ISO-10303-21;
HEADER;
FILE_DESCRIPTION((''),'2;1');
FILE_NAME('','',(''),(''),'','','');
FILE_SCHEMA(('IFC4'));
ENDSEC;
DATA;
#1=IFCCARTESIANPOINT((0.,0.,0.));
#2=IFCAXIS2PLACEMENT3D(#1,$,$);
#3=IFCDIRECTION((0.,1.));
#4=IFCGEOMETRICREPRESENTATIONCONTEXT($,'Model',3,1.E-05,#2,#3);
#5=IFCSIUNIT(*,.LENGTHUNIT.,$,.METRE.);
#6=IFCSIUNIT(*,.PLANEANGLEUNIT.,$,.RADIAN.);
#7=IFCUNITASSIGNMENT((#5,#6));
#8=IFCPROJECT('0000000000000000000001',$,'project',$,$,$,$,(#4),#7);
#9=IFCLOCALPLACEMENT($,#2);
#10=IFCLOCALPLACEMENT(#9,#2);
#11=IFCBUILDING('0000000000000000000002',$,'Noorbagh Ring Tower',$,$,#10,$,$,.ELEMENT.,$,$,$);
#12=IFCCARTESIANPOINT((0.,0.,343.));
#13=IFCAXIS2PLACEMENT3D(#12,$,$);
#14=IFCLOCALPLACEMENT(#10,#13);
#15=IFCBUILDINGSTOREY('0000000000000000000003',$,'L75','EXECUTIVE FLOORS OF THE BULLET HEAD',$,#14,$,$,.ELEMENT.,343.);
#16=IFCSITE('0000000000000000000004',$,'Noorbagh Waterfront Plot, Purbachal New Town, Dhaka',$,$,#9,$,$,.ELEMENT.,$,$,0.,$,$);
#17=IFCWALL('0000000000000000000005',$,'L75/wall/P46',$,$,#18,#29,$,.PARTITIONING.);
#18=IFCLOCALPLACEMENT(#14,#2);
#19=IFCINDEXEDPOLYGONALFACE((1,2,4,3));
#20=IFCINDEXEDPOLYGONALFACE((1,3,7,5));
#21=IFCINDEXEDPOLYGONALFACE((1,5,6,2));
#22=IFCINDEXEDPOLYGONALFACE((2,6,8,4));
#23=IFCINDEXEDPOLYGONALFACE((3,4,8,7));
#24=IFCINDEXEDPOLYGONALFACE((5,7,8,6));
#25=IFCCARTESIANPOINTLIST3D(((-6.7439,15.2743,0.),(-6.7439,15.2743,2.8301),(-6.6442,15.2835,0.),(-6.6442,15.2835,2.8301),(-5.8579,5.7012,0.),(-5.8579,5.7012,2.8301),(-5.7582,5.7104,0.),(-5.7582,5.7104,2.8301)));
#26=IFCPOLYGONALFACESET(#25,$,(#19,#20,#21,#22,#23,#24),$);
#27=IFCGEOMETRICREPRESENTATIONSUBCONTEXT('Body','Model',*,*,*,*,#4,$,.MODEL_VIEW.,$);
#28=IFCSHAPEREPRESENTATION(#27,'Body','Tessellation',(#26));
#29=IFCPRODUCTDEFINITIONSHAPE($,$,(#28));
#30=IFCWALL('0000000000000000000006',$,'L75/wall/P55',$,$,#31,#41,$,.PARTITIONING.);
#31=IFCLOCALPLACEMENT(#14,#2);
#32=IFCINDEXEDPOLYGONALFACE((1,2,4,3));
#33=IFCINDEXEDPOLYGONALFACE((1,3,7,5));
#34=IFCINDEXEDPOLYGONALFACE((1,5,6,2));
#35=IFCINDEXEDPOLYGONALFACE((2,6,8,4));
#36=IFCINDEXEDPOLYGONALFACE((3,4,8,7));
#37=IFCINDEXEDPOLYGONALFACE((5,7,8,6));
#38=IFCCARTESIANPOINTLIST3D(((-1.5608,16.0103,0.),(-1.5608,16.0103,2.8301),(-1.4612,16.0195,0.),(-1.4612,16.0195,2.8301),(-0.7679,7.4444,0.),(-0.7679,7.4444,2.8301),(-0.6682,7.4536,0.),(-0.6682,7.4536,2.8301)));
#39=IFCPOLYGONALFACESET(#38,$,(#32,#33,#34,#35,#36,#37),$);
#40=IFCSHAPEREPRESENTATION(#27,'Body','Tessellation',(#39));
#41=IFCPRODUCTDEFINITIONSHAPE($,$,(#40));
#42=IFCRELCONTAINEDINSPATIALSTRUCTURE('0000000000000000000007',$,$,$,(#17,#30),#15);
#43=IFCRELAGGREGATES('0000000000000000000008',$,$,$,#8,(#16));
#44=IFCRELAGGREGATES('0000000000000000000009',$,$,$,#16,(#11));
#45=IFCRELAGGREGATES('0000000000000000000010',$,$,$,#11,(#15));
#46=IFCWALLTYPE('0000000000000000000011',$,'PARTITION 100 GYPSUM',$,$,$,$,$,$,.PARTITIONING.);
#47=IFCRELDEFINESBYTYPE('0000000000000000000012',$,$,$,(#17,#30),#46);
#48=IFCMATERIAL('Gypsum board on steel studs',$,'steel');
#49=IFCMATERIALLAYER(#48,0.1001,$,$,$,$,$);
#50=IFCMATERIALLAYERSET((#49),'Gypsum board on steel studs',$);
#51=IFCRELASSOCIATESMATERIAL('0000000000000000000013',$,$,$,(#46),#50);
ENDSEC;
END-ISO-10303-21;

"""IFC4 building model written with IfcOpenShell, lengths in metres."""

from ifc_helpers import new_model, si_unit, direction, frame, frame_2d, origin, place, context, subcontext, project, spatial, rectangle, extrude, material, layer, layer_set, type_object, element, save


model = new_model("IFC4")

# Units and contexts
model_context = context("Model", 3, precision=1e-05, world=origin(), true_north=direction((0.0, 1.0)))
body_context = subcontext(model_context, "Body", "Model", "MODEL_VIEW")
ifc_project = project(units=[si_unit("LENGTHUNIT", "METRE"), si_unit("PLANEANGLEUNIT", "RADIAN")], contexts=[model_context])

# Site, building, storey
site_placement = place(None, origin())
site = spatial("IfcSite", under=ifc_project, at=site_placement, Name="Noorbagh Waterfront Plot, Purbachal New Town, Dhaka", CompositionType="ELEMENT", RefElevation=0.0)
building_placement = place(site_placement, origin())
building = spatial("IfcBuilding", under=site, at=building_placement, Name="Noorbagh Ring Tower", CompositionType="ELEMENT")
storey_placement = place(building_placement, frame((0.0, 0.0, 343.0)))
storey = spatial("IfcBuildingStorey", under=building, at=storey_placement, Name="L75", Description="EXECUTIVE FLOORS OF THE BULLET HEAD", CompositionType="ELEMENT", Elevation=343.0)

# Walls
ifc_material_1 = material(Name="Gypsum board on steel studs", Category="steel")
ifc_layer_1 = layer(ifc_material_1, 0.1001)
ifc_layer_set_1 = layer_set([ifc_layer_1], Name="Gypsum board on steel studs")
wall_type_1 = type_object("IfcWallType", Name="PARTITION 100 GYPSUM", PredefinedType="PARTITIONING", material=ifc_layer_set_1)
wall_1_placement = place(storey_placement, frame((-6.6941, 15.2791, 0.0), z_axis=(0.0, 0.0, 1.0), x_axis=(0.092157, -0.995745, 0.0)))
element("IfcWall", 1, at=wall_1_placement, inside=storey, type_object=wall_type_1, Name="L75/wall/P46", PredefinedType="PARTITIONING", context=body_context, shape_type="SweptSolid", body=[
    extrude(rectangle(XDim=9.614, YDim=0.1001, at=frame_2d((4.8071, 0.0))), origin(), (0.0, 0.0, 1.0), 2.8301),
])
wall_2_placement = place(storey_placement, frame((-1.511, 16.0149, 0.0), z_axis=(0.0, 0.0, 1.0), x_axis=(0.092178, -0.995743, 0.0)))
element("IfcWall", 2, at=wall_2_placement, inside=storey, type_object=wall_type_1, Name="L75/wall/P55", PredefinedType="PARTITIONING", context=body_context, shape_type="SweptSolid", body=[
    extrude(rectangle(XDim=8.6025, YDim=0.1001, at=frame_2d((4.3013, 0.0))), origin(), (0.0, 0.0, 1.0), 2.8301),
])

save(model, "model.ifc")
